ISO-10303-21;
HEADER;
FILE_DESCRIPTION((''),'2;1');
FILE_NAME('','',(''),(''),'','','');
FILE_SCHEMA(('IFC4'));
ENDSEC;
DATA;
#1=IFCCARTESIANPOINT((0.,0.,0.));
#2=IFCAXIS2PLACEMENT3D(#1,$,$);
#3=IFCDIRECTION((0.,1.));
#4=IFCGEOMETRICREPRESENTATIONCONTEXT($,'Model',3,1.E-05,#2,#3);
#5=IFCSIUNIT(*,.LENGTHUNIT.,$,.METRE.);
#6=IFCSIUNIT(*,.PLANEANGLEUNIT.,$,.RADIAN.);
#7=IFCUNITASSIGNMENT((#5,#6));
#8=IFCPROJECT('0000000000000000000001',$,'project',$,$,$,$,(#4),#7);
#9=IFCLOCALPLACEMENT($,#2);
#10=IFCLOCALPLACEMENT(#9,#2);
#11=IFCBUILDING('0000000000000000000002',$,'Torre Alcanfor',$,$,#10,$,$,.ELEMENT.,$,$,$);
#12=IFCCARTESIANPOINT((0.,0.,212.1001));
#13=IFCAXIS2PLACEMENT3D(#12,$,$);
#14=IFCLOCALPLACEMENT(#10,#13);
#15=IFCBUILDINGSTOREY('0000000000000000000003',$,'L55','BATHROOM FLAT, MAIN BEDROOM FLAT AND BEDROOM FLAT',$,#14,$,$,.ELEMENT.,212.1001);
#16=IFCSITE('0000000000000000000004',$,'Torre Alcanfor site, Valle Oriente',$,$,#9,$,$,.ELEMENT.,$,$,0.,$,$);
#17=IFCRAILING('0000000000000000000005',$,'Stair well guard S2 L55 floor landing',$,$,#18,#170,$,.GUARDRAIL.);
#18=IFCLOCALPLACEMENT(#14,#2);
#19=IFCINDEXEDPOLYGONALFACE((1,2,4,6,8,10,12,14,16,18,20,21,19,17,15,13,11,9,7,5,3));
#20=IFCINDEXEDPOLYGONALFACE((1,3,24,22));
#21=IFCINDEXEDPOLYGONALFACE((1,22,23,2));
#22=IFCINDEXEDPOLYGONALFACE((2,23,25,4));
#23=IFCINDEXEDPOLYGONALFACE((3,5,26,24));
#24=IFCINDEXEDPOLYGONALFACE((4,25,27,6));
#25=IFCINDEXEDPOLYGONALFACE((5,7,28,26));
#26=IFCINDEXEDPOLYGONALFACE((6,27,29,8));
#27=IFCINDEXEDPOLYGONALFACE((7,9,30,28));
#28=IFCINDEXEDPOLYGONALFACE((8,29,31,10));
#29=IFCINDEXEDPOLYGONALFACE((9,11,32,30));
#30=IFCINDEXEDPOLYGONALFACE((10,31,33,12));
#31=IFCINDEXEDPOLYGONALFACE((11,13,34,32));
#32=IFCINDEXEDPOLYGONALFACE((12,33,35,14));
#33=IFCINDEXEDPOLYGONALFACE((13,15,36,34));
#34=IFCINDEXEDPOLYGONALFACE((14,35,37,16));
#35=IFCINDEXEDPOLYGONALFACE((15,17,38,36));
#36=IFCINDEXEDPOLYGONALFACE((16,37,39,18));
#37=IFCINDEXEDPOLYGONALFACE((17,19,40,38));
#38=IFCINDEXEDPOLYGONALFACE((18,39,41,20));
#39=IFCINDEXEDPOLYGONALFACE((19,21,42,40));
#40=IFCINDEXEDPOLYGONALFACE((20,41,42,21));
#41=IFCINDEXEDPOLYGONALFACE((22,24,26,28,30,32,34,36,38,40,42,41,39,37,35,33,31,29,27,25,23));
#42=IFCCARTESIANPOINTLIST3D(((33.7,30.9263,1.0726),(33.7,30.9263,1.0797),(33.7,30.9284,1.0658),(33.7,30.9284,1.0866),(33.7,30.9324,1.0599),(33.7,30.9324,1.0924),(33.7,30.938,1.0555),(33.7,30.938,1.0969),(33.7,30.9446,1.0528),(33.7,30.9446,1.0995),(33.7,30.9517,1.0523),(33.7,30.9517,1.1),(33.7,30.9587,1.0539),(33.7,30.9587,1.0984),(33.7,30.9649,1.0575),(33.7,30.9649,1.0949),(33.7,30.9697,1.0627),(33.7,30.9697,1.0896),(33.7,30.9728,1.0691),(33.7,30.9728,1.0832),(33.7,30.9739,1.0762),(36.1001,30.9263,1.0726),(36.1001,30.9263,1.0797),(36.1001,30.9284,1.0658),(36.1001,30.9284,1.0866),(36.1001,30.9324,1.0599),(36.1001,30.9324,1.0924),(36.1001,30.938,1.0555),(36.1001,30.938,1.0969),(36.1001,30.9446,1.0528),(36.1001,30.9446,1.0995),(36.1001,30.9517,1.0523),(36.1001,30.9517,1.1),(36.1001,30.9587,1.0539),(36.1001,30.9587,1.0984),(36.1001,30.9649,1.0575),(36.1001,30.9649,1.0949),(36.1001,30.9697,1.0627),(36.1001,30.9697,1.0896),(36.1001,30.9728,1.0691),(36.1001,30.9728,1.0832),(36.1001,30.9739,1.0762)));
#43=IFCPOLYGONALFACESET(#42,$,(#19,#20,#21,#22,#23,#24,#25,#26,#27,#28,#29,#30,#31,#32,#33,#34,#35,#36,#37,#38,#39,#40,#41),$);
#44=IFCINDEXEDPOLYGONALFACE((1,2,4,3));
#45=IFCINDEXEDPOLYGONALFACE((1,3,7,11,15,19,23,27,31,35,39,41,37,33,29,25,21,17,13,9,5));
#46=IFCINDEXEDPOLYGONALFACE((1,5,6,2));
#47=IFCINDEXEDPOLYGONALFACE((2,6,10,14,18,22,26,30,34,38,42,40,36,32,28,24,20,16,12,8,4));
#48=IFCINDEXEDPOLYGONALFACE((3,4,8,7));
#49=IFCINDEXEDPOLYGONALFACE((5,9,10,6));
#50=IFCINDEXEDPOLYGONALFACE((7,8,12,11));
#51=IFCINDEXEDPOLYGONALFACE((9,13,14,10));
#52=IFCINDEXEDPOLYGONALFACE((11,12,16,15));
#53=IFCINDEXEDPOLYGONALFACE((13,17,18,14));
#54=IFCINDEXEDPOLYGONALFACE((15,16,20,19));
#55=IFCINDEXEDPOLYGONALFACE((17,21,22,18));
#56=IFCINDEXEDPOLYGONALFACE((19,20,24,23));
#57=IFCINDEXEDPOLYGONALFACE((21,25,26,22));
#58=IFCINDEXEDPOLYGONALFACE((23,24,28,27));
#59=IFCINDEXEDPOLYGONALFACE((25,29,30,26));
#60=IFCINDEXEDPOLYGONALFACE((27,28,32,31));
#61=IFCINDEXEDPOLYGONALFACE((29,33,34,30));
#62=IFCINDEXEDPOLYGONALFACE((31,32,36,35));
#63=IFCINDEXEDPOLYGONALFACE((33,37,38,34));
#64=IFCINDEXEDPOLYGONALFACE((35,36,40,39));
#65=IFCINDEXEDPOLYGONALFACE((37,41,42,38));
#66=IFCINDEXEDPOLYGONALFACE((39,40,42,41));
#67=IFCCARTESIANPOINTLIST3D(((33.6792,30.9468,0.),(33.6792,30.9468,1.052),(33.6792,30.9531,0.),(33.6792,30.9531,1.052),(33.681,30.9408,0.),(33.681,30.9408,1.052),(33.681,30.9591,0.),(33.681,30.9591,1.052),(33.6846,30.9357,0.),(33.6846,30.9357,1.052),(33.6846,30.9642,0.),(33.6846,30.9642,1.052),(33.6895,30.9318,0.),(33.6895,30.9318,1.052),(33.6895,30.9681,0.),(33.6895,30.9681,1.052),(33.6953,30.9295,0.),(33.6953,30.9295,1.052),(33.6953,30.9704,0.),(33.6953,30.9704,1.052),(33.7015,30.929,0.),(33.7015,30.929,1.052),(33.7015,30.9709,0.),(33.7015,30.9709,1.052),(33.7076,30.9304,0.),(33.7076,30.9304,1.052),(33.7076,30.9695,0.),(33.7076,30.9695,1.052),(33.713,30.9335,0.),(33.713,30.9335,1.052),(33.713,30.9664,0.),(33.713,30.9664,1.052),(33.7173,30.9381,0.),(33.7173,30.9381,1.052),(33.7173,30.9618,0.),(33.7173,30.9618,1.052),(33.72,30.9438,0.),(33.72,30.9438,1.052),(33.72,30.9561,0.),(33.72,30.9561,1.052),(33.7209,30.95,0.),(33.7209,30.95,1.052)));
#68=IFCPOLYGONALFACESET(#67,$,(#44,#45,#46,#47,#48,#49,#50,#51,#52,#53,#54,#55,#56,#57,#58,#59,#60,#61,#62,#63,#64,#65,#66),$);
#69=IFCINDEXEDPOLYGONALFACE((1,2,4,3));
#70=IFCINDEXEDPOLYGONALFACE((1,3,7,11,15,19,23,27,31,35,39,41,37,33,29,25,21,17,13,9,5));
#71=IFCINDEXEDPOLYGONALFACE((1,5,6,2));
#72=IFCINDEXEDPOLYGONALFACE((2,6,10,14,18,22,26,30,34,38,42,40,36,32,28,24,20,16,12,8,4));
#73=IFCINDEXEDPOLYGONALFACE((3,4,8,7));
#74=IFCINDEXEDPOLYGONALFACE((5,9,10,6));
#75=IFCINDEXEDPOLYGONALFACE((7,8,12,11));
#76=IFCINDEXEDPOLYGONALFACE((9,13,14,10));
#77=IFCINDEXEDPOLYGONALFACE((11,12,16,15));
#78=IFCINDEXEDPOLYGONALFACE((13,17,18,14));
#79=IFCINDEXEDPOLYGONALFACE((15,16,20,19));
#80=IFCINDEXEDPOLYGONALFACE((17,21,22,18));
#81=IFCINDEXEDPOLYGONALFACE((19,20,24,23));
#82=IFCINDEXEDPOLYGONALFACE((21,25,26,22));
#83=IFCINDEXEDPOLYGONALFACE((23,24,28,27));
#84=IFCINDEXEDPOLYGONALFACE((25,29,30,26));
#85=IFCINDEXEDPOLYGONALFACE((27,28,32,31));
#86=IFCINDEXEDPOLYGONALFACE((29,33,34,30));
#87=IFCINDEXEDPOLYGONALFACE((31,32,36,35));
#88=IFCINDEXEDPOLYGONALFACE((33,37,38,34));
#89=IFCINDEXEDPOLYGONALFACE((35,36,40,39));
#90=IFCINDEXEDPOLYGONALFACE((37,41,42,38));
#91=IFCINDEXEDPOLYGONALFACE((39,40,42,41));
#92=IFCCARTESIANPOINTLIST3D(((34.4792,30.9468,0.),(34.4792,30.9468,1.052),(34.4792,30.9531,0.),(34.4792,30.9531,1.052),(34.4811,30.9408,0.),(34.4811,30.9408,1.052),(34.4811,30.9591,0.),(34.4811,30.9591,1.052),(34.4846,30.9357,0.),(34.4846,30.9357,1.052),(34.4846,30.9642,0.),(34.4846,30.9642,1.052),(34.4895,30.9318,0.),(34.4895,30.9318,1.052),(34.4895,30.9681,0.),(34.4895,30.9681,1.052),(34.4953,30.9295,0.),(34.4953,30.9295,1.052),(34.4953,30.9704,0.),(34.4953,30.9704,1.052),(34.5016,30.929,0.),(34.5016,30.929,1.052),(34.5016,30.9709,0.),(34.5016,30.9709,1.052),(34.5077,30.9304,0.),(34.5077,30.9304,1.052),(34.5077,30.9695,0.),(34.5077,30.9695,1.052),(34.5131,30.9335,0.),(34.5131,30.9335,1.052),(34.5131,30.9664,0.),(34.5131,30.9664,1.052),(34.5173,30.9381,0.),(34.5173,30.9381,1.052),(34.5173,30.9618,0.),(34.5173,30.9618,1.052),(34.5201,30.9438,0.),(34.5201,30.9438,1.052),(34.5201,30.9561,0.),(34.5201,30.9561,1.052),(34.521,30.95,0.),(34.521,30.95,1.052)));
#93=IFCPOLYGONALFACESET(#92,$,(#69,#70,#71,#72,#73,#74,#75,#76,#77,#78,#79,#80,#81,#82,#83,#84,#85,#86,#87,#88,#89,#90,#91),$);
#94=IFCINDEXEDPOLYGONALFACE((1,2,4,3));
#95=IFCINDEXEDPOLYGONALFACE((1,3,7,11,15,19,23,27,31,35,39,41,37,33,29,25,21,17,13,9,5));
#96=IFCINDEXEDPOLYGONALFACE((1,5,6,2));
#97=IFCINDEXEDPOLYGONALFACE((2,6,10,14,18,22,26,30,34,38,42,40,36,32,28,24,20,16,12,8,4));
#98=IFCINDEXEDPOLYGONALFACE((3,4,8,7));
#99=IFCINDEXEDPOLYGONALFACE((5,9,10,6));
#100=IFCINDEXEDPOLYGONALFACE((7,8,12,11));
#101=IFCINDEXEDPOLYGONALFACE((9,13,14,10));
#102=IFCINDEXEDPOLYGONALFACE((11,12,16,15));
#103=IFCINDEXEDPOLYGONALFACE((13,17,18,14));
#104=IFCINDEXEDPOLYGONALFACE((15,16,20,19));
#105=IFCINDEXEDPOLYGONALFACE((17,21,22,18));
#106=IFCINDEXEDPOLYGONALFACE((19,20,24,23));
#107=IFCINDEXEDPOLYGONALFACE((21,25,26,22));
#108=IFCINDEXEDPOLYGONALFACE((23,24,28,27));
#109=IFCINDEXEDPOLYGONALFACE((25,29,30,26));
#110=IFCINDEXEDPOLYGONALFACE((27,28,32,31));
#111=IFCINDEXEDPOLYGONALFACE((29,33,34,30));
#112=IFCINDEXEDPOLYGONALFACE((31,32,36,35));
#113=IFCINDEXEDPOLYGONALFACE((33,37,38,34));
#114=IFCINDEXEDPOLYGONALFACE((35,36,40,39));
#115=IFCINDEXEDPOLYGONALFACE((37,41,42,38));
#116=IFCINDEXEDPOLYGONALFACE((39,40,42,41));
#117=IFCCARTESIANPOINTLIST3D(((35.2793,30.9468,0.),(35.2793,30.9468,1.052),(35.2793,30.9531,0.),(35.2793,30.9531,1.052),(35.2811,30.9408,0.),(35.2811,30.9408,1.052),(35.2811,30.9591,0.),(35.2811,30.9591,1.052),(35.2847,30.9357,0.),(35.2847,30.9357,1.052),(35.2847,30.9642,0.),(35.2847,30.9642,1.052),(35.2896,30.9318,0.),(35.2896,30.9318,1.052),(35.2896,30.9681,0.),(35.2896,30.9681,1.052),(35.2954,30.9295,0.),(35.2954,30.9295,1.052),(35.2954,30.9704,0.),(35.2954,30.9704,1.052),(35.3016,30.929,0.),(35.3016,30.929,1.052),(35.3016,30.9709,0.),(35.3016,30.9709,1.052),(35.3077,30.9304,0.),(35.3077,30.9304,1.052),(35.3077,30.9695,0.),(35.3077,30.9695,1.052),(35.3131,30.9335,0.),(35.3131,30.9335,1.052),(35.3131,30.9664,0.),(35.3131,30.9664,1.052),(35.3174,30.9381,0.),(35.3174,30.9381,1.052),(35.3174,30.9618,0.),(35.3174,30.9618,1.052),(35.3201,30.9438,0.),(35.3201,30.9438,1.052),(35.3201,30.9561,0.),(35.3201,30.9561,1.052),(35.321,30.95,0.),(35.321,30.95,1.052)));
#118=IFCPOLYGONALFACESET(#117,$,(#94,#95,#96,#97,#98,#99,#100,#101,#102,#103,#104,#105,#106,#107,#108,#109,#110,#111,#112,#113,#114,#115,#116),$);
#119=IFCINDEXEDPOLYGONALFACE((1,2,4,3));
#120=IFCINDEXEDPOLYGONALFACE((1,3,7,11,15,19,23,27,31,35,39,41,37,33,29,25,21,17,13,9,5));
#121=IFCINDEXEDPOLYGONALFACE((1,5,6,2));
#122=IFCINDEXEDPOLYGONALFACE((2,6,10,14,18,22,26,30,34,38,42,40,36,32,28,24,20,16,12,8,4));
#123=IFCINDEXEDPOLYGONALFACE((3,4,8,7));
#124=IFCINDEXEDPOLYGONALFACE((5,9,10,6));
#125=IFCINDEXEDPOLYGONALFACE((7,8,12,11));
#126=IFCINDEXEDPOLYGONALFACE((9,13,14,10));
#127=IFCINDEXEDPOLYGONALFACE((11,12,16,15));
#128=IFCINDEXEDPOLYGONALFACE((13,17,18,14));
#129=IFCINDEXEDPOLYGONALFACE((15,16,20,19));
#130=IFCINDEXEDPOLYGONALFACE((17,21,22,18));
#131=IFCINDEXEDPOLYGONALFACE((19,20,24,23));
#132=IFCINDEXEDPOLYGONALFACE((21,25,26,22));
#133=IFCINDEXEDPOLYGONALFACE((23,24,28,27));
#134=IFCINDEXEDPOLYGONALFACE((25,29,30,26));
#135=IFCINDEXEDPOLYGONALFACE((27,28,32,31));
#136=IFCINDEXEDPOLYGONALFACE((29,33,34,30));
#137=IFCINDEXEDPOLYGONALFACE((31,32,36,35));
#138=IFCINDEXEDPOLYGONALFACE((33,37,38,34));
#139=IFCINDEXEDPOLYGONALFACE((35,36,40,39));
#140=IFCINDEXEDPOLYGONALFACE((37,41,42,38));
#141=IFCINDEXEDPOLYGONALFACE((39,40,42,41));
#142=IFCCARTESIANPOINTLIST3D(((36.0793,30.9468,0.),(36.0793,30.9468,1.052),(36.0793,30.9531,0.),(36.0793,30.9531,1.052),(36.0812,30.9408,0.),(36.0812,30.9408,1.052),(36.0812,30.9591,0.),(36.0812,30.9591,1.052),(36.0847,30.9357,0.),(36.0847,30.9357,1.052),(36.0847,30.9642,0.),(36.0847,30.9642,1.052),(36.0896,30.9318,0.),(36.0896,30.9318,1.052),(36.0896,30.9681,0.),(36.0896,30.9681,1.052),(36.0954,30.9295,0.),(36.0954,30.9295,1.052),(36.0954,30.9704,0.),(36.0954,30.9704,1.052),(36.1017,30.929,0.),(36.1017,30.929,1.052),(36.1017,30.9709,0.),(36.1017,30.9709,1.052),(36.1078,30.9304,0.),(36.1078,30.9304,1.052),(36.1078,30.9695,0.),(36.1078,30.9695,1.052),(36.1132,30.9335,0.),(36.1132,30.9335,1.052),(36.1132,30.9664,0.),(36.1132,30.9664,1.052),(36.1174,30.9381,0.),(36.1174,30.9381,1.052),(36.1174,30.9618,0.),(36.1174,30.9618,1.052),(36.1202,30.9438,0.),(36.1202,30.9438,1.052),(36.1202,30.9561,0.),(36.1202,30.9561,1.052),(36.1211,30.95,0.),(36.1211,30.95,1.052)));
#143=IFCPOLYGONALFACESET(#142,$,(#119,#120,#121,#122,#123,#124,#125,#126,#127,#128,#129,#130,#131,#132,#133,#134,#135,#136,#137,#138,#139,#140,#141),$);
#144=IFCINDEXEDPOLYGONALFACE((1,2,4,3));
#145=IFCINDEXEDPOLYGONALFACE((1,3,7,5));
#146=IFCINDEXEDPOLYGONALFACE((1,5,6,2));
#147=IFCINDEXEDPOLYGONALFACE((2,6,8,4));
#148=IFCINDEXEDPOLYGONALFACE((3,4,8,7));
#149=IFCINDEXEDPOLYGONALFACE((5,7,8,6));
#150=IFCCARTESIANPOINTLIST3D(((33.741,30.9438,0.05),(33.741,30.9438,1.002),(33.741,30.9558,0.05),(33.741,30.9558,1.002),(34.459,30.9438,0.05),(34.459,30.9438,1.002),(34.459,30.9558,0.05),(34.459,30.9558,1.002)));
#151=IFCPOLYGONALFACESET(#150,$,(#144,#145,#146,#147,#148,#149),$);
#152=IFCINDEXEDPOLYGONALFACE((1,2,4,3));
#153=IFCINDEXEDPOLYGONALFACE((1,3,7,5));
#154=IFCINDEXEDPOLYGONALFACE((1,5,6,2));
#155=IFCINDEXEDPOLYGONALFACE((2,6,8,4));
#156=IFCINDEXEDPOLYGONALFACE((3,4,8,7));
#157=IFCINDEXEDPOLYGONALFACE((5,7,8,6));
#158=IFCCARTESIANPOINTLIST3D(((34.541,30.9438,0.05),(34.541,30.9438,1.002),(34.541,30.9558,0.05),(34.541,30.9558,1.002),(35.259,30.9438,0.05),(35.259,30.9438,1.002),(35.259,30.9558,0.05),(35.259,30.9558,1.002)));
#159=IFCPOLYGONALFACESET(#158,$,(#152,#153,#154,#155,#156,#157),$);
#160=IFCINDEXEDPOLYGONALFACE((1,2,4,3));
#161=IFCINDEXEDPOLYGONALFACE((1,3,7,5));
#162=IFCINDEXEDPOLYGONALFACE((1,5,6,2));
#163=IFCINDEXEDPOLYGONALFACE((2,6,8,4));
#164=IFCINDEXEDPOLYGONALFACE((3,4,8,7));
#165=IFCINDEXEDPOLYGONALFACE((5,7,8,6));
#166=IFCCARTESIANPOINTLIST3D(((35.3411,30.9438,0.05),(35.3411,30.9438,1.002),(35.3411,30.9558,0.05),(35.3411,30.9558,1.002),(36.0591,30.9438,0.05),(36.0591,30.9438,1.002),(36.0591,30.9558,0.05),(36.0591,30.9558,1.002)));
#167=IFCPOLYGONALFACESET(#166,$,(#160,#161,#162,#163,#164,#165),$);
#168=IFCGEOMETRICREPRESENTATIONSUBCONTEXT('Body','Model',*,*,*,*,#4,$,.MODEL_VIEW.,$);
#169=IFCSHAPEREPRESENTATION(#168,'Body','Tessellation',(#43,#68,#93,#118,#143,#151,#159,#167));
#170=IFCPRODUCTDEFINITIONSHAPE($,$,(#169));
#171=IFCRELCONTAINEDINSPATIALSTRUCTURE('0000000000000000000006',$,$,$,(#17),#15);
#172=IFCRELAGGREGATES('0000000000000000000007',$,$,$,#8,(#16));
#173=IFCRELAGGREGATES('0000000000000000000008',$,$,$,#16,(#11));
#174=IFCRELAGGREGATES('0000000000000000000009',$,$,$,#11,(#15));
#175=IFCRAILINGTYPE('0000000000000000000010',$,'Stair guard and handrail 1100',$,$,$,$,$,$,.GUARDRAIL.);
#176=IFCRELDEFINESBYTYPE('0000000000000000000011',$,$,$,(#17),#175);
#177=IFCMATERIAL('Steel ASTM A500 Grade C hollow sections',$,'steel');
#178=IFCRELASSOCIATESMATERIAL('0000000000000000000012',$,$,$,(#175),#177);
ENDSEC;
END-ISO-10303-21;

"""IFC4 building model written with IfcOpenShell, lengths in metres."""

from ifc_helpers import new_model, si_unit, direction, frame, origin, origin_2d, place, context, subcontext, project, spatial, polyline, circle, outline, extrude, material, type_object, element, save


model = new_model("IFC4")

# Units and contexts
model_context = context("Model", 3, precision=1e-05, world=origin(), true_north=direction((0.0, 1.0)))
body_context = subcontext(model_context, "Body", "Model", "MODEL_VIEW")
ifc_project = project(units=[si_unit("LENGTHUNIT", "METRE"), si_unit("PLANEANGLEUNIT", "RADIAN")], contexts=[model_context])

# Site, building, storey
site_placement = place(None, origin())
site = spatial("IfcSite", under=ifc_project, at=site_placement, Name="Torre Alcanfor site, Valle Oriente", CompositionType="ELEMENT", RefElevation=0.0)
building_placement = place(site_placement, origin())
building = spatial("IfcBuilding", under=site, at=building_placement, Name="Torre Alcanfor", CompositionType="ELEMENT")
storey_placement = place(building_placement, frame((0.0, 0.0, 212.1001)))
storey = spatial("IfcBuildingStorey", under=building, at=storey_placement, Name="L55", Description="BATHROOM FLAT, MAIN BEDROOM FLAT AND BEDROOM FLAT", CompositionType="ELEMENT", Elevation=212.1001)

# Railing
ifc_material_1 = material(Name="Steel ASTM A500 Grade C hollow sections", Category="steel")
railing_type_1 = type_object("IfcRailingType", Name="Stair guard and handrail 1100", PredefinedType="GUARDRAIL", material=ifc_material_1)
for number, where, name in (
    (1, (33.7, 30.95, 0.0), "Stair well guard S2 L55 floor landing"),
):
    element("IfcRailing", number, at=place(storey_placement, frame(where)), inside=storey, type_object=railing_type_1, Name=name, PredefinedType="GUARDRAIL", context=body_context, shape_type="SweptSolid", body=[
        extrude(circle(Radius=0.0239, at=origin_2d()), frame((0.0, 0.0, 1.0762), z_axis=(1.0, 0.0, 0.0), x_axis=(0.0, 1.0, 0.0)), (0.0, 0.0, 1.0), 2.4001),
        extrude(circle(Radius=0.021, at=origin_2d()), origin(), (0.0, 0.0, 1.0), 1.052),
        extrude(circle(Radius=0.021, at=origin_2d()), frame((0.8, 0.0, 0.0)), (0.0, 0.0, 1.0), 1.052),
        extrude(circle(Radius=0.021, at=origin_2d()), frame((1.6001, 0.0, 0.0)), (0.0, 0.0, 1.0), 1.052),
        extrude(circle(Radius=0.021, at=origin_2d()), frame((2.4001, 0.0, 0.0)), (0.0, 0.0, 1.0), 1.052),
        extrude(outline(polyline([(0.041, 0.05), (0.759, 0.05), (0.759, 1.002), (0.041, 1.002), (0.041, 0.05)])), frame((0.0, 0.0059, 0.0), z_axis=(0.0, -1.0, 0.0), x_axis=(1.0, 0.0, 0.0)), (0.0, 0.0, 1.0), 0.012),
        extrude(outline(polyline([(0.8411, 0.05), (1.5591, 0.05), (1.5591, 1.002), (0.8411, 1.002), (0.8411, 0.05)])), frame((0.0, 0.0059, 0.0), z_axis=(0.0, -1.0, 0.0), x_axis=(1.0, 0.0, 0.0)), (0.0, 0.0, 1.0), 0.012),
        extrude(outline(polyline([(1.6411, 0.05), (2.3591, 0.05), (2.3591, 1.002), (1.6411, 1.002), (1.6411, 0.05)])), frame((0.0, 0.0059, 0.0), z_axis=(0.0, -1.0, 0.0), x_axis=(1.0, 0.0, 0.0)), (0.0, 0.0, 1.0), 0.012),
    ])

save(model, "model.ifc")
